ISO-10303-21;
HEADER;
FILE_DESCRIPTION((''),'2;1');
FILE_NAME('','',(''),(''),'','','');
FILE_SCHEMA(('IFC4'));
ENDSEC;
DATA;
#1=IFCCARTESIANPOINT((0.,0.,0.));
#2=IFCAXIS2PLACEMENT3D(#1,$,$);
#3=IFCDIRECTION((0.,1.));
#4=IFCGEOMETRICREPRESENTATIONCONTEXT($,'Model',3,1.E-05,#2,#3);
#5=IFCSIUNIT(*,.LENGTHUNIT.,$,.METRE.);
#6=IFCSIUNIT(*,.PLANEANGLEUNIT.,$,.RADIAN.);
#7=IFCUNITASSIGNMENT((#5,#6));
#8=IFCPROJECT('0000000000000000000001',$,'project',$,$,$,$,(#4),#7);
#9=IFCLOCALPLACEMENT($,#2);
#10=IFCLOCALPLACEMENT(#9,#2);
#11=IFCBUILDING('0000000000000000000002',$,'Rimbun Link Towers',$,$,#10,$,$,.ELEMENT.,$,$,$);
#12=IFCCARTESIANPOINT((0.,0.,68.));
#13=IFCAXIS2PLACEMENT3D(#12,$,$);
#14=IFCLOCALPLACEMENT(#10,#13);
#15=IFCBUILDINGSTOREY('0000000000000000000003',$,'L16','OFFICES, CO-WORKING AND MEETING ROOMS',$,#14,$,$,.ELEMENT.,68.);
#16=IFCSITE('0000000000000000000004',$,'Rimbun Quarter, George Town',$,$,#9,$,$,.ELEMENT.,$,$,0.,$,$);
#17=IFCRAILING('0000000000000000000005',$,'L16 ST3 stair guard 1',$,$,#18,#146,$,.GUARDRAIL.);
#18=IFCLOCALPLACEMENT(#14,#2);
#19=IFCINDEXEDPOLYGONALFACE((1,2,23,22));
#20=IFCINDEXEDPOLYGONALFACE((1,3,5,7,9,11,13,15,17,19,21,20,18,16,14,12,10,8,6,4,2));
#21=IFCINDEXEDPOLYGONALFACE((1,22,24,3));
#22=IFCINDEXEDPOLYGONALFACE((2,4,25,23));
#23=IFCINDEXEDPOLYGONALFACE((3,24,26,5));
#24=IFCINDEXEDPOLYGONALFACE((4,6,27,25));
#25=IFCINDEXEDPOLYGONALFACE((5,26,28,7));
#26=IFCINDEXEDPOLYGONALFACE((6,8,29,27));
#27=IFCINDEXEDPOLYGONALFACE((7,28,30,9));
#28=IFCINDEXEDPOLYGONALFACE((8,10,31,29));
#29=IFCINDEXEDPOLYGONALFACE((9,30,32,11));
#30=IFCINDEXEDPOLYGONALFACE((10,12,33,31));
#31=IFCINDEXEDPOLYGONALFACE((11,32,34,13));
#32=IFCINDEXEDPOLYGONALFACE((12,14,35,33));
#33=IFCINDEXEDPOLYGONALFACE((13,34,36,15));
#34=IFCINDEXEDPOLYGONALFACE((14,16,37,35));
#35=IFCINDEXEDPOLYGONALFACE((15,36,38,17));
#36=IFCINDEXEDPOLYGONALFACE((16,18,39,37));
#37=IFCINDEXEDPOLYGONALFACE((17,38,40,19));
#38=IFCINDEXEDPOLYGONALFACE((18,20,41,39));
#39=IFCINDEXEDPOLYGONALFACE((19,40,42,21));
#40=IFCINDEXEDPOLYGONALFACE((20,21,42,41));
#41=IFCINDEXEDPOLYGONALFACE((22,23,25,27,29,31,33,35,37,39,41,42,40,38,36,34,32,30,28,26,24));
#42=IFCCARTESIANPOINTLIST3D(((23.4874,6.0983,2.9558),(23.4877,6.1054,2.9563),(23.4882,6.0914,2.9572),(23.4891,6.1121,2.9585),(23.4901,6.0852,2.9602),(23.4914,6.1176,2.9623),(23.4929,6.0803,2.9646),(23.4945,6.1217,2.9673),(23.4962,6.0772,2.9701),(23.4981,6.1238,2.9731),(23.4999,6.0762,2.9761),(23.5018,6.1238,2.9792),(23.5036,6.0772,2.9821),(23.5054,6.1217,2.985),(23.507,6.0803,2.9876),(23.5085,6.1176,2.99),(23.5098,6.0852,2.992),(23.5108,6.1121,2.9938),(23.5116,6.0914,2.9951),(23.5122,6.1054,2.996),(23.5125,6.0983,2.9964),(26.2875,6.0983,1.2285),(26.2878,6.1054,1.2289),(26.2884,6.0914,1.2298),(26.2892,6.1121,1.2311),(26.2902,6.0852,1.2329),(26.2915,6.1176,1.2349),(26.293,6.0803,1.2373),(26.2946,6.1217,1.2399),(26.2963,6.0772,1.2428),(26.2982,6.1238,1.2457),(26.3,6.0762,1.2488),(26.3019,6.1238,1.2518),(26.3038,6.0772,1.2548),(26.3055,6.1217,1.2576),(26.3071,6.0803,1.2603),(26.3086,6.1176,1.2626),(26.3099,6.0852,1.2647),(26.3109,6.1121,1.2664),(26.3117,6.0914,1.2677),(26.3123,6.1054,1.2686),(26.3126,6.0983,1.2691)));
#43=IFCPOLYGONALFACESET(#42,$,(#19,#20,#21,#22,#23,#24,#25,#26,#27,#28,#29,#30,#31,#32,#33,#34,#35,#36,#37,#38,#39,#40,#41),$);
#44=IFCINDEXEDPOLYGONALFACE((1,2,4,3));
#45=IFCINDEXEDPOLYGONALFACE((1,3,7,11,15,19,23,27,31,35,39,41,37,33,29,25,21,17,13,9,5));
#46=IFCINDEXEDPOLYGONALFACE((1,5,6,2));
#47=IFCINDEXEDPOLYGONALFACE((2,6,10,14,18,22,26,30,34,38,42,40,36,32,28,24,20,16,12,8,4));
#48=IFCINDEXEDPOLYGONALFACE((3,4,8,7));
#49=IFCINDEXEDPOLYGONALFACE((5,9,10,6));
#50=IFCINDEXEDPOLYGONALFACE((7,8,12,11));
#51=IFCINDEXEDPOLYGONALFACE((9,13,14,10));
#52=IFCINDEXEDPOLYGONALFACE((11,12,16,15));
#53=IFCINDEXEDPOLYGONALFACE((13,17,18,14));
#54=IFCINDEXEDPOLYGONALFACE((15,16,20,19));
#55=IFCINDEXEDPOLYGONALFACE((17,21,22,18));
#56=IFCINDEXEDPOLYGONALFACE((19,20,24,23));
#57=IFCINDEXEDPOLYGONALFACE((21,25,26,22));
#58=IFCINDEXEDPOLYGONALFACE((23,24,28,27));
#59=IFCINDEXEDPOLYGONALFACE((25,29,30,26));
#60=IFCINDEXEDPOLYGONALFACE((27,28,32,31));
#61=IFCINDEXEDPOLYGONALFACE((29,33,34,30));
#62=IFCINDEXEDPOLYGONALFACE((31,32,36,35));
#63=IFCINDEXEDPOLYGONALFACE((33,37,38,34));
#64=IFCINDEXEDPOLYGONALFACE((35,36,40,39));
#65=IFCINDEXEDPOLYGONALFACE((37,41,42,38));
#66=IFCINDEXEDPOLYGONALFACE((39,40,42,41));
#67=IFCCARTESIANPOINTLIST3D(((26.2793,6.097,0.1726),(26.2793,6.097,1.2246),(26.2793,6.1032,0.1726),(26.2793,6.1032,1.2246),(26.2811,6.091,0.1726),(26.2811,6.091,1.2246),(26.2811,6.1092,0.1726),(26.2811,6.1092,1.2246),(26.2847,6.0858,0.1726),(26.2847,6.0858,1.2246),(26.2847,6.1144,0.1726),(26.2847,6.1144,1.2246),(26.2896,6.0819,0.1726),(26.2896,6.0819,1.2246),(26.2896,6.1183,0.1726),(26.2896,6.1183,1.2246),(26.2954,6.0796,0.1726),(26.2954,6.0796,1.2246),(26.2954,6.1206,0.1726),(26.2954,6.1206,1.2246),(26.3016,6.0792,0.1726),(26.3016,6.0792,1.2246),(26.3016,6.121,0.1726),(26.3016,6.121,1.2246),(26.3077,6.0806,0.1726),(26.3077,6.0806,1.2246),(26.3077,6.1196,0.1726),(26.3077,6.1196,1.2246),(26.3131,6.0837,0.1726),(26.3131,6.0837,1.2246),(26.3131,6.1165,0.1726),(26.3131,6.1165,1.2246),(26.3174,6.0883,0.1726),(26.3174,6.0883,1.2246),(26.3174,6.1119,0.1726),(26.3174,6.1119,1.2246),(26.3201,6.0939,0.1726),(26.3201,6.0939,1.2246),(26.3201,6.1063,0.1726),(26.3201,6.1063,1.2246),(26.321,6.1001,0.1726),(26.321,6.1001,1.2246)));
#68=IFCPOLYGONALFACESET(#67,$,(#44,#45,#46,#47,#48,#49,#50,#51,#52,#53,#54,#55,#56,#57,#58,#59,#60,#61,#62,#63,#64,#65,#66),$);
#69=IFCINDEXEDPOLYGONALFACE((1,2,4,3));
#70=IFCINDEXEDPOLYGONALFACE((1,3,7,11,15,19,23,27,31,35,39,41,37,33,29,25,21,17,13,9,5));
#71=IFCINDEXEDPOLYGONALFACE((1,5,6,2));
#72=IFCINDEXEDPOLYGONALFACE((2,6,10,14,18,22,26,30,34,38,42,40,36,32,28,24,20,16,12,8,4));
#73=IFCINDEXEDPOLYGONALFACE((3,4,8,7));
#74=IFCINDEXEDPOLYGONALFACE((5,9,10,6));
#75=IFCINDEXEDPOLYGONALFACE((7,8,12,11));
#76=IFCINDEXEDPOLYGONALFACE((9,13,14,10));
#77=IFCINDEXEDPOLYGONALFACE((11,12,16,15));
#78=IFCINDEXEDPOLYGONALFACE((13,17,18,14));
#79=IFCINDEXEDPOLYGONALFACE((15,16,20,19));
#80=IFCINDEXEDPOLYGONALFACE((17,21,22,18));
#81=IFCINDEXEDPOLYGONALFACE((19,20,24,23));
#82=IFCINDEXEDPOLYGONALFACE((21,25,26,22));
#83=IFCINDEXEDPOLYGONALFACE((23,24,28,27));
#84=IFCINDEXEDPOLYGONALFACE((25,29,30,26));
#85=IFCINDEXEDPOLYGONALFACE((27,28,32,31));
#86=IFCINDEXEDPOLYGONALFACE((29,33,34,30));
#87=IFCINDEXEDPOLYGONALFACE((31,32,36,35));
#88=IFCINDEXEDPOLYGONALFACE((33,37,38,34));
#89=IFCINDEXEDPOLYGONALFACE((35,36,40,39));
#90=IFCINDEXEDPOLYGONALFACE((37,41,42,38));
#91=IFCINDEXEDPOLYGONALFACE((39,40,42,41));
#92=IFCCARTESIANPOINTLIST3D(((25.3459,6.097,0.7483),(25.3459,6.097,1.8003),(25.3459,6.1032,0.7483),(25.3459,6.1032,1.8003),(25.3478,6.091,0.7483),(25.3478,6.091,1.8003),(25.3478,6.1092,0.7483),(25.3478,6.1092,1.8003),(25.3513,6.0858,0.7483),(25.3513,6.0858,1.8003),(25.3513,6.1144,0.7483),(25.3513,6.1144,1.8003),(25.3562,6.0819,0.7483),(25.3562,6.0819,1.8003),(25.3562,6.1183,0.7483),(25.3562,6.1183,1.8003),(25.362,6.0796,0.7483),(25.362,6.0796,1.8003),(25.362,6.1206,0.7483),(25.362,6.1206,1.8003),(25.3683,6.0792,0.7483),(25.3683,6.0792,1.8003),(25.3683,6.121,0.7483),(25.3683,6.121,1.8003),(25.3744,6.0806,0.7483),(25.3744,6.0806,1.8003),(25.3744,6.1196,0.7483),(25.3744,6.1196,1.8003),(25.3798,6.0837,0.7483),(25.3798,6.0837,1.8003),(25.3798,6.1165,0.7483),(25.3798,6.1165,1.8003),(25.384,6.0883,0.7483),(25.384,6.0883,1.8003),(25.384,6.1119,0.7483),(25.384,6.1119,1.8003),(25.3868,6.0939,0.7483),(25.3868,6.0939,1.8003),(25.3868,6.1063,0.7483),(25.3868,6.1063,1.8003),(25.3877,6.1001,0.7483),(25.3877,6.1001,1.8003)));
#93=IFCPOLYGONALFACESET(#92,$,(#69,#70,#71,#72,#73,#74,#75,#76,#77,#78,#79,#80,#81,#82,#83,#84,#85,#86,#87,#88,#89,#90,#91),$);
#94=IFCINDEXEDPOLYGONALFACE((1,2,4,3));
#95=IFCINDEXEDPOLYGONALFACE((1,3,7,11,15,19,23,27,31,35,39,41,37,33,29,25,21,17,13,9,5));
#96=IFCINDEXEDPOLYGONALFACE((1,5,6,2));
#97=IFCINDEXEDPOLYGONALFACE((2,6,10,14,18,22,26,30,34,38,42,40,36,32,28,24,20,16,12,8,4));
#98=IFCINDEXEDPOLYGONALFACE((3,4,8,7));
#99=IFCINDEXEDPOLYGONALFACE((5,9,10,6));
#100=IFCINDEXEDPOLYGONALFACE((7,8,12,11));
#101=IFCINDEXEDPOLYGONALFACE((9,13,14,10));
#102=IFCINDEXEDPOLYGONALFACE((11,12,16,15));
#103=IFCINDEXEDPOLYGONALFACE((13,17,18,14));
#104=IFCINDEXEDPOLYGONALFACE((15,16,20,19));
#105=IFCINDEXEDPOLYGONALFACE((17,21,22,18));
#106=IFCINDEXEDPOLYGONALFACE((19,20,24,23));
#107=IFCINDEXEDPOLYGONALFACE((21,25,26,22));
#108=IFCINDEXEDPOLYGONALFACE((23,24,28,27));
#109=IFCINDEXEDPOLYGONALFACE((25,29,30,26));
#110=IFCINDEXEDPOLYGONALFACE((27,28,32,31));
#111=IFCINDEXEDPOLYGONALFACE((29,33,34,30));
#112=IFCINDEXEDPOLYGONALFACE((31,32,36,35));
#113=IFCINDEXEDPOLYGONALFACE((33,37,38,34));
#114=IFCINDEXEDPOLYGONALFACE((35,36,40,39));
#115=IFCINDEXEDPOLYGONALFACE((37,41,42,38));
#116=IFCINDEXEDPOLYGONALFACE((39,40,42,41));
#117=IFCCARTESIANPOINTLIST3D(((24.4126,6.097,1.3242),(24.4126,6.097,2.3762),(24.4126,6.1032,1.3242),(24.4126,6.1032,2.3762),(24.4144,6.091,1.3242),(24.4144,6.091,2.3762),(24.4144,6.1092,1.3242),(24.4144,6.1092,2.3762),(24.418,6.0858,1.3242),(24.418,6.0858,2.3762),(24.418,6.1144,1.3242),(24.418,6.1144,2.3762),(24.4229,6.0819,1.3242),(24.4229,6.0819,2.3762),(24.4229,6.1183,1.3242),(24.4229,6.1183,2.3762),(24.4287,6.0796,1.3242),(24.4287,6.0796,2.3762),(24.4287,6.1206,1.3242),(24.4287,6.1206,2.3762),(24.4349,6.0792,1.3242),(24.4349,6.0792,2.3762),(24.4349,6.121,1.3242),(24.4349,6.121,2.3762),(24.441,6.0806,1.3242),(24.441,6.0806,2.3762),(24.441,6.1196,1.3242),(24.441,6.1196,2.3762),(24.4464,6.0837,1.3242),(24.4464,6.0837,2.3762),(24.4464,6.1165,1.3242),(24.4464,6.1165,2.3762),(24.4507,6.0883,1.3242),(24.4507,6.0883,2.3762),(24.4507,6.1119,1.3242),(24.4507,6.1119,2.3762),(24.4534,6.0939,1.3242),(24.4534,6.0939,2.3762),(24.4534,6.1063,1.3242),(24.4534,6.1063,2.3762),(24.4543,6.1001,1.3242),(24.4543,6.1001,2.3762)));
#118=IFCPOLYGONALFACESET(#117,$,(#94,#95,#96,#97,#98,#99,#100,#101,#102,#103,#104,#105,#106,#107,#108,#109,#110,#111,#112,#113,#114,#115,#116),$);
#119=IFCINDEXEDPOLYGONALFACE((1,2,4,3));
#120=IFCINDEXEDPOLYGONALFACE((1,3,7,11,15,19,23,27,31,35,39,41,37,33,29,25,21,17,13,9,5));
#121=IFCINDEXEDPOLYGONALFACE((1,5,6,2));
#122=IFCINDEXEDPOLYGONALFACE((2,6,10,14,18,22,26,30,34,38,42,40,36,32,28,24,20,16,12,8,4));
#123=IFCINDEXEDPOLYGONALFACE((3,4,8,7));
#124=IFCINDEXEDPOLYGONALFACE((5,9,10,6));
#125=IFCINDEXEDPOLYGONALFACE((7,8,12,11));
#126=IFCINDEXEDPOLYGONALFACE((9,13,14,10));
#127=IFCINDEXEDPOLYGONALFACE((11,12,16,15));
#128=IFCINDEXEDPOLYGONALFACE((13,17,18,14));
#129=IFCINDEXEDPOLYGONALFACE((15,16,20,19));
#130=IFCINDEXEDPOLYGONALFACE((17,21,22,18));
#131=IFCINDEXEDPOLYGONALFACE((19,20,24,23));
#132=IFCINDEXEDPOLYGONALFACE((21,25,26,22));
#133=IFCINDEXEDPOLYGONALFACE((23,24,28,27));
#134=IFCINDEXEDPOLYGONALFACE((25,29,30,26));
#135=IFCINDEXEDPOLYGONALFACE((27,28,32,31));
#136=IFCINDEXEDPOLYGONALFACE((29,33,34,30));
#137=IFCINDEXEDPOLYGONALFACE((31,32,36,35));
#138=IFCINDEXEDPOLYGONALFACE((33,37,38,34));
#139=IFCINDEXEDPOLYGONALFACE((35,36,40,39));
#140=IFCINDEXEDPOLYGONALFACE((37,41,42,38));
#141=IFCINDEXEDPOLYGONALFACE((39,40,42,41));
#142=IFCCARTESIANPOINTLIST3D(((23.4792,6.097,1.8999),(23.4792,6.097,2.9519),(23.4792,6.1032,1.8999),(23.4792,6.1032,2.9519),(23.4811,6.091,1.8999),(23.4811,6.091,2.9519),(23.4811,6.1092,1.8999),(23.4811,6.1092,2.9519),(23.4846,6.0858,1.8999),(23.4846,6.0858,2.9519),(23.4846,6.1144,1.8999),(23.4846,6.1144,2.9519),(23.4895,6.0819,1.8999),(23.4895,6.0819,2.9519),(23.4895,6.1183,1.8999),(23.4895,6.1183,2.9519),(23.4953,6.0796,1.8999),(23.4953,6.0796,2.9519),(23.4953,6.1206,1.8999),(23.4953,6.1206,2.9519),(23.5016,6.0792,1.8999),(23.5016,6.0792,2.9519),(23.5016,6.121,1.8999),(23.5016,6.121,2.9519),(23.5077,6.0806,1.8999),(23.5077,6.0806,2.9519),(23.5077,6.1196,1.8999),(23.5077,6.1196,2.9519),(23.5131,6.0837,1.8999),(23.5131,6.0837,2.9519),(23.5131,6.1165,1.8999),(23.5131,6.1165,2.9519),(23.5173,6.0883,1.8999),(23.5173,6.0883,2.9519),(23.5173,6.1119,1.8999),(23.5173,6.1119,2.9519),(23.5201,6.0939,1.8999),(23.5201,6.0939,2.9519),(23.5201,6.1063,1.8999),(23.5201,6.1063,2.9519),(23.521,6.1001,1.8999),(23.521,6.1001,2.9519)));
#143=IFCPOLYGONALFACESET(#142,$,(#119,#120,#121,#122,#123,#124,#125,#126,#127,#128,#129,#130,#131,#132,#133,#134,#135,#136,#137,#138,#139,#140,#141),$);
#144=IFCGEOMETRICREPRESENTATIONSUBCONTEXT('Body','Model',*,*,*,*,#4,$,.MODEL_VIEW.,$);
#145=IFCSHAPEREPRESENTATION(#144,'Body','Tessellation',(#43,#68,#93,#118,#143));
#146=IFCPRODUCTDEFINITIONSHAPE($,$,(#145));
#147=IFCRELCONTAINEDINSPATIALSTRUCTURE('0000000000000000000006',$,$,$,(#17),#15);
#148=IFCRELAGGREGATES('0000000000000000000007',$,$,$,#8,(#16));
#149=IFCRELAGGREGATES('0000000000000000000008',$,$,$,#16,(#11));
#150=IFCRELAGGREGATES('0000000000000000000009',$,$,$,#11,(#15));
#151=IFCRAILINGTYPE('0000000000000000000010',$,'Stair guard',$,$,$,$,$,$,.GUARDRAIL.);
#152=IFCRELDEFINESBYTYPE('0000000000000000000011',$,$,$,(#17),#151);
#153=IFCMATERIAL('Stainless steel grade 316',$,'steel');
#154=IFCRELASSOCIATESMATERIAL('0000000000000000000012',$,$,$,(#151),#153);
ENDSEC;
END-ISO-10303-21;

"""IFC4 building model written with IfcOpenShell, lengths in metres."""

from ifc_helpers import new_model, si_unit, direction, frame, origin, origin_2d, place, context, subcontext, project, spatial, circle, extrude, material, type_object, element, save


model = new_model("IFC4")

# Units and contexts
model_context = context("Model", 3, precision=1e-05, world=origin(), true_north=direction((0.0, 1.0)))
body_context = subcontext(model_context, "Body", "Model", "MODEL_VIEW")
ifc_project = project(units=[si_unit("LENGTHUNIT", "METRE"), si_unit("PLANEANGLEUNIT", "RADIAN")], contexts=[model_context])

# Site, building, storey
site_placement = place(None, origin())
site = spatial("IfcSite", under=ifc_project, at=site_placement, Name="Rimbun Quarter, George Town", CompositionType="ELEMENT", RefElevation=0.0)
building_placement = place(site_placement, origin())
building = spatial("IfcBuilding", under=site, at=building_placement, Name="Rimbun Link Towers", CompositionType="ELEMENT")
storey_placement = place(building_placement, frame((0.0, 0.0, 68.0)))
storey = spatial("IfcBuildingStorey", under=building, at=storey_placement, Name="L16", Description="OFFICES, CO-WORKING AND MEETING ROOMS", CompositionType="ELEMENT", Elevation=68.0)

# Railing
ifc_material_1 = material(Name="Stainless steel grade 316", Category="steel")
railing_type_1 = type_object("IfcRailingType", Name="Stair guard", PredefinedType="GUARDRAIL", material=ifc_material_1)
railing_1_placement = place(storey_placement, frame((26.3, 6.1001, 0.1726)))
element("IfcRailing", 1, at=railing_1_placement, inside=storey, type_object=railing_type_1, Name="L16 ST3 stair guard 1", PredefinedType="GUARDRAIL", context=body_context, shape_type="SweptSolid", body=[
    extrude(circle(Radius=0.0239, at=origin_2d()), frame((0.0, 0.0, 1.0762), z_axis=(-0.85109, 0.0, 0.52502), x_axis=(0.0, -1.0, 0.0)), (0.0, 0.0, 1.0), 3.29),
    extrude(circle(Radius=0.021, at=origin_2d()), origin(), (0.0, 0.0, 1.0), 1.052),
    extrude(circle(Radius=0.021, at=origin_2d()), frame((-0.9333, 0.0, 0.5757)), (0.0, 0.0, 1.0), 1.052),
    extrude(circle(Radius=0.021, at=origin_2d()), frame((-1.8667, 0.0, 1.1516)), (0.0, 0.0, 1.0), 1.052),
    extrude(circle(Radius=0.021, at=origin_2d()), frame((-2.8, 0.0, 1.7273)), (0.0, 0.0, 1.0), 1.052),
])

save(model, "model.ifc")
